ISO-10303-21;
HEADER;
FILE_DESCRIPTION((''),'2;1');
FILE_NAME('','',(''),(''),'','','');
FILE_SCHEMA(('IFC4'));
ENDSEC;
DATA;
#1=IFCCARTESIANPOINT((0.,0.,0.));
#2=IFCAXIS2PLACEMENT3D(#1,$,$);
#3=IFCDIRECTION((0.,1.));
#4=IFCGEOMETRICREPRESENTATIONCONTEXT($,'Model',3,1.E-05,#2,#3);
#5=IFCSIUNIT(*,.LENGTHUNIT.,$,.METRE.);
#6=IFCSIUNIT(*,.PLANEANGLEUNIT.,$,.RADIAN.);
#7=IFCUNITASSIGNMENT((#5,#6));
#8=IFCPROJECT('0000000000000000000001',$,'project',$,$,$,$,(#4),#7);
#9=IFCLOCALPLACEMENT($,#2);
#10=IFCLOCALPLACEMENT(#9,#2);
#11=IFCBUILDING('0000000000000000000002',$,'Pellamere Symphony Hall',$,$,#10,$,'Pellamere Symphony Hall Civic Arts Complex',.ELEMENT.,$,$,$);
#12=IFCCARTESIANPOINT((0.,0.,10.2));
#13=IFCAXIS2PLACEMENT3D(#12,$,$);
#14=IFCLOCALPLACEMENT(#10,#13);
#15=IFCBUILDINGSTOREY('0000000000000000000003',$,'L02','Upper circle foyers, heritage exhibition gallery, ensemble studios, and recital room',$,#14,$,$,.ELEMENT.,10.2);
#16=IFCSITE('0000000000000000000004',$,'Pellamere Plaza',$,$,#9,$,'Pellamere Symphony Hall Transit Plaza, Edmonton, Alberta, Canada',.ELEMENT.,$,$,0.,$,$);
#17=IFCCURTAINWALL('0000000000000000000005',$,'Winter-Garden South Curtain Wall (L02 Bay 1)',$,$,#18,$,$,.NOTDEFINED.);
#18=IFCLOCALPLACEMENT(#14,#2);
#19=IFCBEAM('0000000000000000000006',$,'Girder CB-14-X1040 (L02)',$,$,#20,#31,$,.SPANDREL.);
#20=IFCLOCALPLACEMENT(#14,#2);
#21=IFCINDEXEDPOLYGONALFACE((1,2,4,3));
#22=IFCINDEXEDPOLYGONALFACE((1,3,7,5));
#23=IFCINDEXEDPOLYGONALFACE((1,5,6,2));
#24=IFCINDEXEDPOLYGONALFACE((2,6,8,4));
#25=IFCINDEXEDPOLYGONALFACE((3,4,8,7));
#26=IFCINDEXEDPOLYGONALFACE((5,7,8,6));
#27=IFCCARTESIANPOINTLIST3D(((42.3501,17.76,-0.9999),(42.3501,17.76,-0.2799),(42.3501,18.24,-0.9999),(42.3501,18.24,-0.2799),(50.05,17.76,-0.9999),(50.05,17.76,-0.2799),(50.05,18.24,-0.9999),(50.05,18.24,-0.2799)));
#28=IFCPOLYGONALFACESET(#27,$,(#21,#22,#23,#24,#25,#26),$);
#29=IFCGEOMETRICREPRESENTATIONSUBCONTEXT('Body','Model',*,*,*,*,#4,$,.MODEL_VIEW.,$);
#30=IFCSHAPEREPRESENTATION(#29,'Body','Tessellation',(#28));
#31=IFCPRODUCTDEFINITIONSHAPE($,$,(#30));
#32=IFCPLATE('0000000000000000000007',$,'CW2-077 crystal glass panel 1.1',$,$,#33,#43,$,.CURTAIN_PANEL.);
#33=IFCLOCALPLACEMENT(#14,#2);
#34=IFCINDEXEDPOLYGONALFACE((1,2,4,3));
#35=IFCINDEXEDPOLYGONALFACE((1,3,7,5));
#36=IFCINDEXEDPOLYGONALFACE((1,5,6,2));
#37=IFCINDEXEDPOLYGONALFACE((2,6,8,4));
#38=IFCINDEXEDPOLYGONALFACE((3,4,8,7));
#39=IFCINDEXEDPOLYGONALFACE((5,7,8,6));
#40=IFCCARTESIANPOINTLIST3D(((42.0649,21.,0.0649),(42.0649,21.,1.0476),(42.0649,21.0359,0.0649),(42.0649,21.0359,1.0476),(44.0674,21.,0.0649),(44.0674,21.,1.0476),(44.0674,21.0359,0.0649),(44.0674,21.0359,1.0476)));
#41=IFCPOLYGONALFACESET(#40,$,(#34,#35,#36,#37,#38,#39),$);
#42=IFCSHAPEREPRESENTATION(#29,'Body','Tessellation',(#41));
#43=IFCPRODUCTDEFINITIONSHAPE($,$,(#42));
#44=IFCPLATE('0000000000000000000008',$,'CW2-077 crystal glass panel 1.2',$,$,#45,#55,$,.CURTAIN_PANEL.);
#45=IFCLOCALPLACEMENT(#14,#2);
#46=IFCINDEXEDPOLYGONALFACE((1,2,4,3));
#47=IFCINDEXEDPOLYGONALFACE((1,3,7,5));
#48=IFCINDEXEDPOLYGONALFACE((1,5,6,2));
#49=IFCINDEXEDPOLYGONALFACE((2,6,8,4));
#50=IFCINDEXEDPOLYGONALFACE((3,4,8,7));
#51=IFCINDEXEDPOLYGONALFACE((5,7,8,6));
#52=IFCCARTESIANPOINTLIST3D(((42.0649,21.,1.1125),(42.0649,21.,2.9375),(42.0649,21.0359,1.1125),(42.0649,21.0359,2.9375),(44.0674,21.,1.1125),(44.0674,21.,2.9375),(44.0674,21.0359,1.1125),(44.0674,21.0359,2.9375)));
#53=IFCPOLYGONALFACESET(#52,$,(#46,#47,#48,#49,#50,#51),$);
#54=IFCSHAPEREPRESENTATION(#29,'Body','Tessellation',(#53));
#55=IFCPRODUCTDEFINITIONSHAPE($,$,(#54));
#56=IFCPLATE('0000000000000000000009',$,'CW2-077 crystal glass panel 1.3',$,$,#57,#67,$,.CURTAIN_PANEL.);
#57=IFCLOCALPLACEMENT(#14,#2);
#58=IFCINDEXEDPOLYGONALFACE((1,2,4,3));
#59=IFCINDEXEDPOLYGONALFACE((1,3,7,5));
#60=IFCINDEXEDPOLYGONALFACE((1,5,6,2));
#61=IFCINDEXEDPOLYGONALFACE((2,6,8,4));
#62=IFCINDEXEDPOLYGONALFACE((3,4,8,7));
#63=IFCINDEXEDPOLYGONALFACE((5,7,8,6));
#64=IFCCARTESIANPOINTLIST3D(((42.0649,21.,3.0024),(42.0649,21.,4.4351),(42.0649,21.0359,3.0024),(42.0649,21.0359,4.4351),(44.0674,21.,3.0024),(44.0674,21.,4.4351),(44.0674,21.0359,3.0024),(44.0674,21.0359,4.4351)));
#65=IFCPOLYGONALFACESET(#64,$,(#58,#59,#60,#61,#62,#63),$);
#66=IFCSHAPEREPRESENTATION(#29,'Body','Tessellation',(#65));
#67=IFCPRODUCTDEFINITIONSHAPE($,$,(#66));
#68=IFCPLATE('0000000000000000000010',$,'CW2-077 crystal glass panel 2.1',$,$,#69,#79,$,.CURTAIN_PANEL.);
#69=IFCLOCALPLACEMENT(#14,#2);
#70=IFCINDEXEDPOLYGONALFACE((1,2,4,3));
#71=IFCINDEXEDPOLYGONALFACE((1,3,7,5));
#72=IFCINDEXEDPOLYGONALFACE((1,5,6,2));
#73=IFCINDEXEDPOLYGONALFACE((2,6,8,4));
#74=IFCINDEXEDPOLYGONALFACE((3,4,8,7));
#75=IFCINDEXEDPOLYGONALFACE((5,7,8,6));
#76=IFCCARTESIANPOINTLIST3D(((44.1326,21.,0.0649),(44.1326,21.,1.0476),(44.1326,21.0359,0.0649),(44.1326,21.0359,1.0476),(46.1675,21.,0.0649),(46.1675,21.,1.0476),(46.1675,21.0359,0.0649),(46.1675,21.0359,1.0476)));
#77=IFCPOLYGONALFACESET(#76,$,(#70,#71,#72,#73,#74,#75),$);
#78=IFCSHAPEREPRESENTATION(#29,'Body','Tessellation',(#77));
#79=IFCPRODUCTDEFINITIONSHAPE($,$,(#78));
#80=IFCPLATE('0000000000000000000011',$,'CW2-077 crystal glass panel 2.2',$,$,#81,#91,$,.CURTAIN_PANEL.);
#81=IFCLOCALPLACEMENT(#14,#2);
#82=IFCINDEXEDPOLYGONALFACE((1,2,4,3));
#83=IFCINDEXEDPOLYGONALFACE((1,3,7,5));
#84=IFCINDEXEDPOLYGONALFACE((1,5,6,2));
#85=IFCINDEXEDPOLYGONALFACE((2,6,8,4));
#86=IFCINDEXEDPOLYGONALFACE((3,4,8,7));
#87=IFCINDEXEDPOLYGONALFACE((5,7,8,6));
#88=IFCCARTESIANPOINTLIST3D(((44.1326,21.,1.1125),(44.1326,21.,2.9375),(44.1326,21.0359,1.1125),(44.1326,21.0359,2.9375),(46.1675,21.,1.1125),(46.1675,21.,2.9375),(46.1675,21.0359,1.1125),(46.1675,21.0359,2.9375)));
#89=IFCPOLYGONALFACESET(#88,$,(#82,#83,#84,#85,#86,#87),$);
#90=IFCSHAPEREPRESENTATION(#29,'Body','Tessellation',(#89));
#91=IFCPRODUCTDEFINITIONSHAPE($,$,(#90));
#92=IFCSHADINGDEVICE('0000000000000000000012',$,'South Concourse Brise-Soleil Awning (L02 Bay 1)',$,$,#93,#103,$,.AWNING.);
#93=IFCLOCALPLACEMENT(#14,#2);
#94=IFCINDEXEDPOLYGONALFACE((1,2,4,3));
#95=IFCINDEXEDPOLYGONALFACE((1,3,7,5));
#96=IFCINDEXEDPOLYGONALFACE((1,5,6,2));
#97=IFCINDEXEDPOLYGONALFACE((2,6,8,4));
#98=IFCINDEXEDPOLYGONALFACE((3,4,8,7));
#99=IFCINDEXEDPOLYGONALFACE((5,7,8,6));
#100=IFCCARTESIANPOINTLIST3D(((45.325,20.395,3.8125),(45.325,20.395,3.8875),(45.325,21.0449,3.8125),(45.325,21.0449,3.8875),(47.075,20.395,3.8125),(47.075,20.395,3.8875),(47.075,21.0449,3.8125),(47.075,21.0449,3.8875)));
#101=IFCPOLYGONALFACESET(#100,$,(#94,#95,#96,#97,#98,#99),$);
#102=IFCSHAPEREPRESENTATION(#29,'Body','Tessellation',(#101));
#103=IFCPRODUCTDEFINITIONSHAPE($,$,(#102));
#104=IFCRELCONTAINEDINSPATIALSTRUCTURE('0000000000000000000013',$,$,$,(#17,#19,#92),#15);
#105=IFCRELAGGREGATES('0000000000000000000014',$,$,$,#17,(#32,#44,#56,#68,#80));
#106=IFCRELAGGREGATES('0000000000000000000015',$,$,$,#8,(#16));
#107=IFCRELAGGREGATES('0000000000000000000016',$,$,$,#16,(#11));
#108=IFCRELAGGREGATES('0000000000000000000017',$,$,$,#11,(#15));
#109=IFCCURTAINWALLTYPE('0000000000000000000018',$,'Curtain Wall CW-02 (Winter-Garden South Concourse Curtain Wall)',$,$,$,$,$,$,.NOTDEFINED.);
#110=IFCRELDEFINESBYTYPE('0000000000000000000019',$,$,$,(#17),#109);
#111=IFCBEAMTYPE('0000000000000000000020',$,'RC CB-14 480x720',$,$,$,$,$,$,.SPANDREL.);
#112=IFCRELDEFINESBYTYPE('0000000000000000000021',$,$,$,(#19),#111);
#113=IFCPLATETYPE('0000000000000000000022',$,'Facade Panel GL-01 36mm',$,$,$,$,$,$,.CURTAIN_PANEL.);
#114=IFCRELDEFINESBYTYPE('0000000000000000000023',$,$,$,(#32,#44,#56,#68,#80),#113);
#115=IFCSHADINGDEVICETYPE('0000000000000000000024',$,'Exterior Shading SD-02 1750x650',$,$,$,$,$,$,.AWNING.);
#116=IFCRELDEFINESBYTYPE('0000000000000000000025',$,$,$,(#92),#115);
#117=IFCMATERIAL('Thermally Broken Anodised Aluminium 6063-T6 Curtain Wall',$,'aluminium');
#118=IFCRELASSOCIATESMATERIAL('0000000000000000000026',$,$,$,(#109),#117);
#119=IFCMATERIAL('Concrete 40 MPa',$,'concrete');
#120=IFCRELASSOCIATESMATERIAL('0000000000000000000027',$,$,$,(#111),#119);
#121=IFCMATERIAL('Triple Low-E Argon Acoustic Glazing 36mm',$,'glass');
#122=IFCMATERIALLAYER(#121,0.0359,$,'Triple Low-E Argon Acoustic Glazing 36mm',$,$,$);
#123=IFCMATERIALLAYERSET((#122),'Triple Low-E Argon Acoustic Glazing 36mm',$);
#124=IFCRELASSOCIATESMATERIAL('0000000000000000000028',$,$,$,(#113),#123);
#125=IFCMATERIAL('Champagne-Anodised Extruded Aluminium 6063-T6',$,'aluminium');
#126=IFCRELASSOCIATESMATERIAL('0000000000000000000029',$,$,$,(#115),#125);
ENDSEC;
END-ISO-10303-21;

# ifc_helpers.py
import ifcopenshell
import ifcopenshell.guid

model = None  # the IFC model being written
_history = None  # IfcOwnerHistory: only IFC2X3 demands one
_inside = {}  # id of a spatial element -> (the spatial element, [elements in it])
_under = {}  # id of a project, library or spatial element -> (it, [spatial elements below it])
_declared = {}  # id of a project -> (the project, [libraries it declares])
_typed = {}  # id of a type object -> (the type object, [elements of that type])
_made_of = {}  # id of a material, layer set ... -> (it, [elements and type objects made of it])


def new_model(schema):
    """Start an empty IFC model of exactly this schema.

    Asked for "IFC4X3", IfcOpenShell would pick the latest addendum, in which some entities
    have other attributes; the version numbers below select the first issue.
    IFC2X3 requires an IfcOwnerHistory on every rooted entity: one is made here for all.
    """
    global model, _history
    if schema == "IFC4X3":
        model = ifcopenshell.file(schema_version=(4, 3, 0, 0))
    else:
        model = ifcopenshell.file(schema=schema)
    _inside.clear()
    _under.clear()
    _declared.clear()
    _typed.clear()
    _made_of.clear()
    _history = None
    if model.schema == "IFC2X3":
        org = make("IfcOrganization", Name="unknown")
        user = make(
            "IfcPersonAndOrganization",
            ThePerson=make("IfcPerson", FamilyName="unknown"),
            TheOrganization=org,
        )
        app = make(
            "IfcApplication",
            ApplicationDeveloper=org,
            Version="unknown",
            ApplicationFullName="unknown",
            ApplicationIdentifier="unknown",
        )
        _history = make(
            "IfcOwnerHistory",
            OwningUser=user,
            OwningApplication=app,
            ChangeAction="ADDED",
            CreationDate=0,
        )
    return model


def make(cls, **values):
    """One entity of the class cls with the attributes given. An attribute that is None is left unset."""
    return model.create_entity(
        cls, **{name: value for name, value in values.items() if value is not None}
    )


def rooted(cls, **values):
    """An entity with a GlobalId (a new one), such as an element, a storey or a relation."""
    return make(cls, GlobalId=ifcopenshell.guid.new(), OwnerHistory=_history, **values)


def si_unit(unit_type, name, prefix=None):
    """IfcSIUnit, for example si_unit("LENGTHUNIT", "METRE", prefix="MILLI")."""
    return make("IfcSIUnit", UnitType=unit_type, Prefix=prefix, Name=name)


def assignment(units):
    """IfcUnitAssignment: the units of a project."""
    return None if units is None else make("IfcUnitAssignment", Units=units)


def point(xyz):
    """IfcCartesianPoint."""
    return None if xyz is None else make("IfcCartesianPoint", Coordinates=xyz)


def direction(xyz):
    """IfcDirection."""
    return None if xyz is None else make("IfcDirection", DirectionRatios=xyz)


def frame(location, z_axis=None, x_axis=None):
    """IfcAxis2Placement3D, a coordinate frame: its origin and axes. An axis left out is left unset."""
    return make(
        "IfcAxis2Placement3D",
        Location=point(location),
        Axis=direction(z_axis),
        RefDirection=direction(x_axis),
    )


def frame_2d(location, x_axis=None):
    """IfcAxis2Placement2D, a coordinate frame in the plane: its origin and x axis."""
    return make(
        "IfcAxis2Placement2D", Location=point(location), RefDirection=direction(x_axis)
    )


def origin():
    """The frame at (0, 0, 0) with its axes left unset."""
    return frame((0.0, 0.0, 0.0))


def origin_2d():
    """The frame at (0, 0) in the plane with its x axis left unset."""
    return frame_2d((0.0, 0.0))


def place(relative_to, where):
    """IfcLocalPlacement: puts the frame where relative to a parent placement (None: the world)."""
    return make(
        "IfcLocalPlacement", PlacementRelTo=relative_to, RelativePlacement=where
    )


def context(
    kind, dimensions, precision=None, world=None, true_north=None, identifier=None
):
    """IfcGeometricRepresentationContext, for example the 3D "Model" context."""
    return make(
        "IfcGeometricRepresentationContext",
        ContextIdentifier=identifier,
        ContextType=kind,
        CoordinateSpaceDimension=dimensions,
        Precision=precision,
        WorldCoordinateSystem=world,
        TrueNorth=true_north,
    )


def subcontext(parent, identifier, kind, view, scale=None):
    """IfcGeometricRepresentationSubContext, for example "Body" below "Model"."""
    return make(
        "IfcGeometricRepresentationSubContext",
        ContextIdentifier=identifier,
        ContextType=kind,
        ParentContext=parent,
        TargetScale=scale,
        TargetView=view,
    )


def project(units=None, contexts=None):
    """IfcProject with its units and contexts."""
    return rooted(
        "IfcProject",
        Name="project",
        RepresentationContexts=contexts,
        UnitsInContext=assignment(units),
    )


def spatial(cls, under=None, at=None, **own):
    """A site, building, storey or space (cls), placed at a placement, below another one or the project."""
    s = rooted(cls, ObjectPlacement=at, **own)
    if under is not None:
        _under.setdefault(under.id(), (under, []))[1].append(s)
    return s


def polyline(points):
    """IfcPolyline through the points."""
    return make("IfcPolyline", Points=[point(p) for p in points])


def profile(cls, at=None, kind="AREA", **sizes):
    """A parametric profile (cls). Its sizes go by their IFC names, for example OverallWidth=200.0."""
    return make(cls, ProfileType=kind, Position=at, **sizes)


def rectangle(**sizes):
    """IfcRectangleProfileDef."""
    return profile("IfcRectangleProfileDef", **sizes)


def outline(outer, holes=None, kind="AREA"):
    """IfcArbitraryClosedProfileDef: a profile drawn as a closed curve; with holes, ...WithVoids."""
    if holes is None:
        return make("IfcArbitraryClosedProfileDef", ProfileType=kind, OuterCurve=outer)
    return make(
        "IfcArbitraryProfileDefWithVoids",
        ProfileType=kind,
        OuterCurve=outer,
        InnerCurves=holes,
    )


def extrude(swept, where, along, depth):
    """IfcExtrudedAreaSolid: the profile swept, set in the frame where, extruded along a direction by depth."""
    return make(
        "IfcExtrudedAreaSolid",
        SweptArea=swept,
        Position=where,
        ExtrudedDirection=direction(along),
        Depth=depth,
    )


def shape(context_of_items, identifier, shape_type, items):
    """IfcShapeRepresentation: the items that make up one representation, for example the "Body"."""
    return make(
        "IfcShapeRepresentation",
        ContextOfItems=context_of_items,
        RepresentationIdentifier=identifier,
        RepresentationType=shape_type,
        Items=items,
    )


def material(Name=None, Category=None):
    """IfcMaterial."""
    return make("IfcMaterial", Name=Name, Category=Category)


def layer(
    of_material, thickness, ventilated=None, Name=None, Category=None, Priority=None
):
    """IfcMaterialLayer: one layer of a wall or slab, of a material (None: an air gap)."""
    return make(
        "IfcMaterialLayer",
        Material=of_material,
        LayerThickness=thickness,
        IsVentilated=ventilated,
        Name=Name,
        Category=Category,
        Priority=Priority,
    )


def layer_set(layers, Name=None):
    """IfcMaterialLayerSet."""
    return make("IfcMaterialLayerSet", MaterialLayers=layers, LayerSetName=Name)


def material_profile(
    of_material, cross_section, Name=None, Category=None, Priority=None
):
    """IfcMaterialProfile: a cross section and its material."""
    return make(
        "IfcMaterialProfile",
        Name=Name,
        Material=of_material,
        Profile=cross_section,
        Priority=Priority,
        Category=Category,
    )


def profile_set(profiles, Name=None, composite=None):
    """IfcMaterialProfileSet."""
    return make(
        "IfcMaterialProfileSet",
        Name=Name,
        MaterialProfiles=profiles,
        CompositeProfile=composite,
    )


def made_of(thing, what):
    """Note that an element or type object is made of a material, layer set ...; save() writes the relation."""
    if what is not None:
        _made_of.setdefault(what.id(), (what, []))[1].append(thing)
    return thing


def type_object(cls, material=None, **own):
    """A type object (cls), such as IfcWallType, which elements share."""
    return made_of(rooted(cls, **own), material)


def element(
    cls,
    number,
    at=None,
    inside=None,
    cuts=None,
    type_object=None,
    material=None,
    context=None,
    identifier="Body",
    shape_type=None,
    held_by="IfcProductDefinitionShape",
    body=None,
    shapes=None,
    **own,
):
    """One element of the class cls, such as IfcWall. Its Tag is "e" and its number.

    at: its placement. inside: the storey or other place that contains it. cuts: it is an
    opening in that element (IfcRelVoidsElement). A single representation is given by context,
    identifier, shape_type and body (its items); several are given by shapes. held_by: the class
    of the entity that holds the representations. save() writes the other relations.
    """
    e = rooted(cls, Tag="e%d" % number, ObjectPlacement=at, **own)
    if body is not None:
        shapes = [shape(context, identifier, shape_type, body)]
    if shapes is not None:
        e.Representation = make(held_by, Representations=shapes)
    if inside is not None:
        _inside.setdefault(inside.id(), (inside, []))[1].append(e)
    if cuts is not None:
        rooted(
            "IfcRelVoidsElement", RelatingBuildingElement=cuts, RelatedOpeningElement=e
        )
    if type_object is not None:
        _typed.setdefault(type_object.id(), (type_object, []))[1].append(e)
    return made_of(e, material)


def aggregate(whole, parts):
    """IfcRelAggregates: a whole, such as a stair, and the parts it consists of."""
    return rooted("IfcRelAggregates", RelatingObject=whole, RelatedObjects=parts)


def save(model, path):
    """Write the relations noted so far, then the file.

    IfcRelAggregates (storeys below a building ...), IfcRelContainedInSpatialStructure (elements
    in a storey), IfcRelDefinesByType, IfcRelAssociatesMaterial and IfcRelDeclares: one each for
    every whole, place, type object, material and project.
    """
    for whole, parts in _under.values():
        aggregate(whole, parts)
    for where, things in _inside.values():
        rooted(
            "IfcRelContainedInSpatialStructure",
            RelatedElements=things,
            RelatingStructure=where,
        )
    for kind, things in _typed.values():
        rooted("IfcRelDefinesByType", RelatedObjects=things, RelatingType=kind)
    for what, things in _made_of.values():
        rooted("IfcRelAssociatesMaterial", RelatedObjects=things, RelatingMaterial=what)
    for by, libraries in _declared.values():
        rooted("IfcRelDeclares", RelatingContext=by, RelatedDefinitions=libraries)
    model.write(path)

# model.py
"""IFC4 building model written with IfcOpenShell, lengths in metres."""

from ifc_helpers import new_model, si_unit, direction, frame, origin, origin_2d, place, context, subcontext, project, spatial, polyline, rectangle, outline, extrude, material, layer, layer_set, material_profile, profile_set, type_object, element, aggregate, save


model = new_model("IFC4")

# Units and contexts
model_context = context("Model", 3, precision=1e-05, world=origin(), true_north=direction((0.0, 1.0)))
body_context = subcontext(model_context, "Body", "Model", "MODEL_VIEW")
ifc_project = project(units=[si_unit("LENGTHUNIT", "METRE"), si_unit("PLANEANGLEUNIT", "RADIAN")], contexts=[model_context])

# Site, building, storey
site_placement = place(None, origin())
site = spatial("IfcSite", under=ifc_project, at=site_placement, Name="Pellamere Plaza", LongName="Pellamere Symphony Hall Transit Plaza, Edmonton, Alberta, Canada", CompositionType="ELEMENT", RefElevation=0.0)
building_placement = place(site_placement, origin())
building = spatial("IfcBuilding", under=site, at=building_placement, Name="Pellamere Symphony Hall", LongName="Pellamere Symphony Hall Civic Arts Complex", CompositionType="ELEMENT")
storey_placement = place(building_placement, frame((0.0, 0.0, 10.2)))
storey = spatial("IfcBuildingStorey", under=building, at=storey_placement, Name="L02", Description="Upper circle foyers, heritage exhibition gallery, ensemble studios, and recital room", CompositionType="ELEMENT", Elevation=10.2)

# Curtain wall
ifc_material_1 = material(Name="Thermally Broken Anodised Aluminium 6063-T6 Curtain Wall", Category="aluminium")
curtain_wall_type = type_object("IfcCurtainWallType", Name="Curtain Wall CW-02 (Winter-Garden South Concourse Curtain Wall)", PredefinedType="NOTDEFINED", material=ifc_material_1)
curtain_wall_placement = place(storey_placement, origin())
curtain_wall = element("IfcCurtainWall", 1, at=curtain_wall_placement, inside=storey, type_object=curtain_wall_type, Name="Winter-Garden South Curtain Wall (L02 Bay 1)", PredefinedType="NOTDEFINED")

# Beam
ifc_material_2 = material(Name="Concrete 40 MPa", Category="concrete")
ifc_material_profile_1 = material_profile(ifc_material_2, rectangle(XDim=0.48, YDim=0.72, at=origin_2d()), Name="RC 480x720")
ifc_profile_set_1 = profile_set([ifc_material_profile_1], Name="Concrete 40 MPa")
beam_type_1 = type_object("IfcBeamType", Name="RC CB-14 480x720", PredefinedType="SPANDREL", material=ifc_profile_set_1)
beam_1_placement = place(storey_placement, frame((42.3501, 18.0, -0.6399), z_axis=(1.0, 0.0, 0.0), x_axis=(0.0, 1.0, 0.0)))
element("IfcBeam", 2, at=beam_1_placement, inside=storey, type_object=beam_type_1, Name="Girder CB-14-X1040 (L02)", PredefinedType="SPANDREL", context=body_context, shape_type="SweptSolid", body=[
    extrude(rectangle(XDim=0.48, YDim=0.72, at=origin_2d()), origin(), (0.0, 0.0, 1.0), 7.7),
])

# Plates
ifc_material_3 = material(Name="Triple Low-E Argon Acoustic Glazing 36mm", Category="glass")
ifc_layer = layer(ifc_material_3, 0.0359, Name="Triple Low-E Argon Acoustic Glazing 36mm")
ifc_layer_set = layer_set([ifc_layer], Name="Triple Low-E Argon Acoustic Glazing 36mm")
plate_type = type_object("IfcPlateType", Name="Facade Panel GL-01 36mm", PredefinedType="CURTAIN_PANEL", material=ifc_layer_set)
plate_1_placement = place(storey_placement, frame((42.0649, 21.0, 0.0649), z_axis=(0.0, -1.0, 0.0), x_axis=(1.0, 0.0, 0.0)))
plate_1 = element("IfcPlate", 3, at=plate_1_placement, type_object=plate_type, Name="CW2-077 crystal glass panel 1.1", PredefinedType="CURTAIN_PANEL", context=body_context, shape_type="SweptSolid", body=[
    extrude(outline(polyline([(0.0, 0.0), (2.0024, 0.0), (2.0024, 0.9827), (0.0, 0.9827), (0.0, 0.0)])), origin(), (0.0, 0.0, -1.0), 0.0359),
])
plate_2_placement = place(storey_placement, frame((42.0649, 21.0, 1.1125), z_axis=(0.0, -1.0, 0.0), x_axis=(1.0, 0.0, 0.0)))
plate_2 = element("IfcPlate", 4, at=plate_2_placement, type_object=plate_type, Name="CW2-077 crystal glass panel 1.2", PredefinedType="CURTAIN_PANEL", context=body_context, shape_type="SweptSolid", body=[
    extrude(outline(polyline([(0.0, 0.0), (2.0024, 0.0), (2.0024, 1.825), (0.0, 1.825), (0.0, 0.0)])), origin(), (0.0, 0.0, -1.0), 0.0359),
])
plate_3_placement = place(storey_placement, frame((42.0649, 21.0, 3.0024), z_axis=(0.0, -1.0, 0.0), x_axis=(1.0, 0.0, 0.0)))
plate_3 = element("IfcPlate", 5, at=plate_3_placement, type_object=plate_type, Name="CW2-077 crystal glass panel 1.3", PredefinedType="CURTAIN_PANEL", context=body_context, shape_type="SweptSolid", body=[
    extrude(outline(polyline([(0.0, 0.0), (2.0024, 0.0), (2.0024, 1.4326), (0.0, 1.4326), (0.0, 0.0)])), origin(), (0.0, 0.0, -1.0), 0.0359),
])
plate_4_placement = place(storey_placement, frame((44.1326, 21.0, 0.0649), z_axis=(0.0, -1.0, 0.0), x_axis=(1.0, 0.0, 0.0)))
plate_4 = element("IfcPlate", 6, at=plate_4_placement, type_object=plate_type, Name="CW2-077 crystal glass panel 2.1", PredefinedType="CURTAIN_PANEL", context=body_context, shape_type="SweptSolid", body=[
    extrude(outline(polyline([(0.0, 0.0), (2.0349, 0.0), (2.0349, 0.9827), (0.0, 0.9827), (0.0, 0.0)])), origin(), (0.0, 0.0, -1.0), 0.0359),
])
plate_5_placement = place(storey_placement, frame((44.1326, 21.0, 1.1125), z_axis=(0.0, -1.0, 0.0), x_axis=(1.0, 0.0, 0.0)))
plate_5 = element("IfcPlate", 7, at=plate_5_placement, type_object=plate_type, Name="CW2-077 crystal glass panel 2.2", PredefinedType="CURTAIN_PANEL", context=body_context, shape_type="SweptSolid", body=[
    extrude(outline(polyline([(0.0, 0.0), (2.0349, 0.0), (2.0349, 1.825), (0.0, 1.825), (0.0, 0.0)])), origin(), (0.0, 0.0, -1.0), 0.0359),
])
aggregate(curtain_wall, [plate_1, plate_2, plate_3, plate_4, plate_5])

# Shading device
ifc_material_4 = material(Name="Champagne-Anodised Extruded Aluminium 6063-T6", Category="aluminium")
shading_device_type = type_object("IfcShadingDeviceType", Name="Exterior Shading SD-02 1750x650", PredefinedType="AWNING", material=ifc_material_4)
shading_device_placement = place(storey_placement, frame((46.2, 20.72, 3.8125), z_axis=(0.0, 0.0, 1.0), x_axis=(1.0, 0.0, 0.0)))
element("IfcShadingDevice", 8, at=shading_device_placement, inside=storey, type_object=shading_device_type, Name="South Concourse Brise-Soleil Awning (L02 Bay 1)", PredefinedType="AWNING", context=body_context, shape_type="SweptSolid", body=[
    extrude(rectangle(XDim=1.75, YDim=0.6499, at=origin_2d()), origin(), (0.0, 0.0, 1.0), 0.075),
])

save(model, "model.ifc")
